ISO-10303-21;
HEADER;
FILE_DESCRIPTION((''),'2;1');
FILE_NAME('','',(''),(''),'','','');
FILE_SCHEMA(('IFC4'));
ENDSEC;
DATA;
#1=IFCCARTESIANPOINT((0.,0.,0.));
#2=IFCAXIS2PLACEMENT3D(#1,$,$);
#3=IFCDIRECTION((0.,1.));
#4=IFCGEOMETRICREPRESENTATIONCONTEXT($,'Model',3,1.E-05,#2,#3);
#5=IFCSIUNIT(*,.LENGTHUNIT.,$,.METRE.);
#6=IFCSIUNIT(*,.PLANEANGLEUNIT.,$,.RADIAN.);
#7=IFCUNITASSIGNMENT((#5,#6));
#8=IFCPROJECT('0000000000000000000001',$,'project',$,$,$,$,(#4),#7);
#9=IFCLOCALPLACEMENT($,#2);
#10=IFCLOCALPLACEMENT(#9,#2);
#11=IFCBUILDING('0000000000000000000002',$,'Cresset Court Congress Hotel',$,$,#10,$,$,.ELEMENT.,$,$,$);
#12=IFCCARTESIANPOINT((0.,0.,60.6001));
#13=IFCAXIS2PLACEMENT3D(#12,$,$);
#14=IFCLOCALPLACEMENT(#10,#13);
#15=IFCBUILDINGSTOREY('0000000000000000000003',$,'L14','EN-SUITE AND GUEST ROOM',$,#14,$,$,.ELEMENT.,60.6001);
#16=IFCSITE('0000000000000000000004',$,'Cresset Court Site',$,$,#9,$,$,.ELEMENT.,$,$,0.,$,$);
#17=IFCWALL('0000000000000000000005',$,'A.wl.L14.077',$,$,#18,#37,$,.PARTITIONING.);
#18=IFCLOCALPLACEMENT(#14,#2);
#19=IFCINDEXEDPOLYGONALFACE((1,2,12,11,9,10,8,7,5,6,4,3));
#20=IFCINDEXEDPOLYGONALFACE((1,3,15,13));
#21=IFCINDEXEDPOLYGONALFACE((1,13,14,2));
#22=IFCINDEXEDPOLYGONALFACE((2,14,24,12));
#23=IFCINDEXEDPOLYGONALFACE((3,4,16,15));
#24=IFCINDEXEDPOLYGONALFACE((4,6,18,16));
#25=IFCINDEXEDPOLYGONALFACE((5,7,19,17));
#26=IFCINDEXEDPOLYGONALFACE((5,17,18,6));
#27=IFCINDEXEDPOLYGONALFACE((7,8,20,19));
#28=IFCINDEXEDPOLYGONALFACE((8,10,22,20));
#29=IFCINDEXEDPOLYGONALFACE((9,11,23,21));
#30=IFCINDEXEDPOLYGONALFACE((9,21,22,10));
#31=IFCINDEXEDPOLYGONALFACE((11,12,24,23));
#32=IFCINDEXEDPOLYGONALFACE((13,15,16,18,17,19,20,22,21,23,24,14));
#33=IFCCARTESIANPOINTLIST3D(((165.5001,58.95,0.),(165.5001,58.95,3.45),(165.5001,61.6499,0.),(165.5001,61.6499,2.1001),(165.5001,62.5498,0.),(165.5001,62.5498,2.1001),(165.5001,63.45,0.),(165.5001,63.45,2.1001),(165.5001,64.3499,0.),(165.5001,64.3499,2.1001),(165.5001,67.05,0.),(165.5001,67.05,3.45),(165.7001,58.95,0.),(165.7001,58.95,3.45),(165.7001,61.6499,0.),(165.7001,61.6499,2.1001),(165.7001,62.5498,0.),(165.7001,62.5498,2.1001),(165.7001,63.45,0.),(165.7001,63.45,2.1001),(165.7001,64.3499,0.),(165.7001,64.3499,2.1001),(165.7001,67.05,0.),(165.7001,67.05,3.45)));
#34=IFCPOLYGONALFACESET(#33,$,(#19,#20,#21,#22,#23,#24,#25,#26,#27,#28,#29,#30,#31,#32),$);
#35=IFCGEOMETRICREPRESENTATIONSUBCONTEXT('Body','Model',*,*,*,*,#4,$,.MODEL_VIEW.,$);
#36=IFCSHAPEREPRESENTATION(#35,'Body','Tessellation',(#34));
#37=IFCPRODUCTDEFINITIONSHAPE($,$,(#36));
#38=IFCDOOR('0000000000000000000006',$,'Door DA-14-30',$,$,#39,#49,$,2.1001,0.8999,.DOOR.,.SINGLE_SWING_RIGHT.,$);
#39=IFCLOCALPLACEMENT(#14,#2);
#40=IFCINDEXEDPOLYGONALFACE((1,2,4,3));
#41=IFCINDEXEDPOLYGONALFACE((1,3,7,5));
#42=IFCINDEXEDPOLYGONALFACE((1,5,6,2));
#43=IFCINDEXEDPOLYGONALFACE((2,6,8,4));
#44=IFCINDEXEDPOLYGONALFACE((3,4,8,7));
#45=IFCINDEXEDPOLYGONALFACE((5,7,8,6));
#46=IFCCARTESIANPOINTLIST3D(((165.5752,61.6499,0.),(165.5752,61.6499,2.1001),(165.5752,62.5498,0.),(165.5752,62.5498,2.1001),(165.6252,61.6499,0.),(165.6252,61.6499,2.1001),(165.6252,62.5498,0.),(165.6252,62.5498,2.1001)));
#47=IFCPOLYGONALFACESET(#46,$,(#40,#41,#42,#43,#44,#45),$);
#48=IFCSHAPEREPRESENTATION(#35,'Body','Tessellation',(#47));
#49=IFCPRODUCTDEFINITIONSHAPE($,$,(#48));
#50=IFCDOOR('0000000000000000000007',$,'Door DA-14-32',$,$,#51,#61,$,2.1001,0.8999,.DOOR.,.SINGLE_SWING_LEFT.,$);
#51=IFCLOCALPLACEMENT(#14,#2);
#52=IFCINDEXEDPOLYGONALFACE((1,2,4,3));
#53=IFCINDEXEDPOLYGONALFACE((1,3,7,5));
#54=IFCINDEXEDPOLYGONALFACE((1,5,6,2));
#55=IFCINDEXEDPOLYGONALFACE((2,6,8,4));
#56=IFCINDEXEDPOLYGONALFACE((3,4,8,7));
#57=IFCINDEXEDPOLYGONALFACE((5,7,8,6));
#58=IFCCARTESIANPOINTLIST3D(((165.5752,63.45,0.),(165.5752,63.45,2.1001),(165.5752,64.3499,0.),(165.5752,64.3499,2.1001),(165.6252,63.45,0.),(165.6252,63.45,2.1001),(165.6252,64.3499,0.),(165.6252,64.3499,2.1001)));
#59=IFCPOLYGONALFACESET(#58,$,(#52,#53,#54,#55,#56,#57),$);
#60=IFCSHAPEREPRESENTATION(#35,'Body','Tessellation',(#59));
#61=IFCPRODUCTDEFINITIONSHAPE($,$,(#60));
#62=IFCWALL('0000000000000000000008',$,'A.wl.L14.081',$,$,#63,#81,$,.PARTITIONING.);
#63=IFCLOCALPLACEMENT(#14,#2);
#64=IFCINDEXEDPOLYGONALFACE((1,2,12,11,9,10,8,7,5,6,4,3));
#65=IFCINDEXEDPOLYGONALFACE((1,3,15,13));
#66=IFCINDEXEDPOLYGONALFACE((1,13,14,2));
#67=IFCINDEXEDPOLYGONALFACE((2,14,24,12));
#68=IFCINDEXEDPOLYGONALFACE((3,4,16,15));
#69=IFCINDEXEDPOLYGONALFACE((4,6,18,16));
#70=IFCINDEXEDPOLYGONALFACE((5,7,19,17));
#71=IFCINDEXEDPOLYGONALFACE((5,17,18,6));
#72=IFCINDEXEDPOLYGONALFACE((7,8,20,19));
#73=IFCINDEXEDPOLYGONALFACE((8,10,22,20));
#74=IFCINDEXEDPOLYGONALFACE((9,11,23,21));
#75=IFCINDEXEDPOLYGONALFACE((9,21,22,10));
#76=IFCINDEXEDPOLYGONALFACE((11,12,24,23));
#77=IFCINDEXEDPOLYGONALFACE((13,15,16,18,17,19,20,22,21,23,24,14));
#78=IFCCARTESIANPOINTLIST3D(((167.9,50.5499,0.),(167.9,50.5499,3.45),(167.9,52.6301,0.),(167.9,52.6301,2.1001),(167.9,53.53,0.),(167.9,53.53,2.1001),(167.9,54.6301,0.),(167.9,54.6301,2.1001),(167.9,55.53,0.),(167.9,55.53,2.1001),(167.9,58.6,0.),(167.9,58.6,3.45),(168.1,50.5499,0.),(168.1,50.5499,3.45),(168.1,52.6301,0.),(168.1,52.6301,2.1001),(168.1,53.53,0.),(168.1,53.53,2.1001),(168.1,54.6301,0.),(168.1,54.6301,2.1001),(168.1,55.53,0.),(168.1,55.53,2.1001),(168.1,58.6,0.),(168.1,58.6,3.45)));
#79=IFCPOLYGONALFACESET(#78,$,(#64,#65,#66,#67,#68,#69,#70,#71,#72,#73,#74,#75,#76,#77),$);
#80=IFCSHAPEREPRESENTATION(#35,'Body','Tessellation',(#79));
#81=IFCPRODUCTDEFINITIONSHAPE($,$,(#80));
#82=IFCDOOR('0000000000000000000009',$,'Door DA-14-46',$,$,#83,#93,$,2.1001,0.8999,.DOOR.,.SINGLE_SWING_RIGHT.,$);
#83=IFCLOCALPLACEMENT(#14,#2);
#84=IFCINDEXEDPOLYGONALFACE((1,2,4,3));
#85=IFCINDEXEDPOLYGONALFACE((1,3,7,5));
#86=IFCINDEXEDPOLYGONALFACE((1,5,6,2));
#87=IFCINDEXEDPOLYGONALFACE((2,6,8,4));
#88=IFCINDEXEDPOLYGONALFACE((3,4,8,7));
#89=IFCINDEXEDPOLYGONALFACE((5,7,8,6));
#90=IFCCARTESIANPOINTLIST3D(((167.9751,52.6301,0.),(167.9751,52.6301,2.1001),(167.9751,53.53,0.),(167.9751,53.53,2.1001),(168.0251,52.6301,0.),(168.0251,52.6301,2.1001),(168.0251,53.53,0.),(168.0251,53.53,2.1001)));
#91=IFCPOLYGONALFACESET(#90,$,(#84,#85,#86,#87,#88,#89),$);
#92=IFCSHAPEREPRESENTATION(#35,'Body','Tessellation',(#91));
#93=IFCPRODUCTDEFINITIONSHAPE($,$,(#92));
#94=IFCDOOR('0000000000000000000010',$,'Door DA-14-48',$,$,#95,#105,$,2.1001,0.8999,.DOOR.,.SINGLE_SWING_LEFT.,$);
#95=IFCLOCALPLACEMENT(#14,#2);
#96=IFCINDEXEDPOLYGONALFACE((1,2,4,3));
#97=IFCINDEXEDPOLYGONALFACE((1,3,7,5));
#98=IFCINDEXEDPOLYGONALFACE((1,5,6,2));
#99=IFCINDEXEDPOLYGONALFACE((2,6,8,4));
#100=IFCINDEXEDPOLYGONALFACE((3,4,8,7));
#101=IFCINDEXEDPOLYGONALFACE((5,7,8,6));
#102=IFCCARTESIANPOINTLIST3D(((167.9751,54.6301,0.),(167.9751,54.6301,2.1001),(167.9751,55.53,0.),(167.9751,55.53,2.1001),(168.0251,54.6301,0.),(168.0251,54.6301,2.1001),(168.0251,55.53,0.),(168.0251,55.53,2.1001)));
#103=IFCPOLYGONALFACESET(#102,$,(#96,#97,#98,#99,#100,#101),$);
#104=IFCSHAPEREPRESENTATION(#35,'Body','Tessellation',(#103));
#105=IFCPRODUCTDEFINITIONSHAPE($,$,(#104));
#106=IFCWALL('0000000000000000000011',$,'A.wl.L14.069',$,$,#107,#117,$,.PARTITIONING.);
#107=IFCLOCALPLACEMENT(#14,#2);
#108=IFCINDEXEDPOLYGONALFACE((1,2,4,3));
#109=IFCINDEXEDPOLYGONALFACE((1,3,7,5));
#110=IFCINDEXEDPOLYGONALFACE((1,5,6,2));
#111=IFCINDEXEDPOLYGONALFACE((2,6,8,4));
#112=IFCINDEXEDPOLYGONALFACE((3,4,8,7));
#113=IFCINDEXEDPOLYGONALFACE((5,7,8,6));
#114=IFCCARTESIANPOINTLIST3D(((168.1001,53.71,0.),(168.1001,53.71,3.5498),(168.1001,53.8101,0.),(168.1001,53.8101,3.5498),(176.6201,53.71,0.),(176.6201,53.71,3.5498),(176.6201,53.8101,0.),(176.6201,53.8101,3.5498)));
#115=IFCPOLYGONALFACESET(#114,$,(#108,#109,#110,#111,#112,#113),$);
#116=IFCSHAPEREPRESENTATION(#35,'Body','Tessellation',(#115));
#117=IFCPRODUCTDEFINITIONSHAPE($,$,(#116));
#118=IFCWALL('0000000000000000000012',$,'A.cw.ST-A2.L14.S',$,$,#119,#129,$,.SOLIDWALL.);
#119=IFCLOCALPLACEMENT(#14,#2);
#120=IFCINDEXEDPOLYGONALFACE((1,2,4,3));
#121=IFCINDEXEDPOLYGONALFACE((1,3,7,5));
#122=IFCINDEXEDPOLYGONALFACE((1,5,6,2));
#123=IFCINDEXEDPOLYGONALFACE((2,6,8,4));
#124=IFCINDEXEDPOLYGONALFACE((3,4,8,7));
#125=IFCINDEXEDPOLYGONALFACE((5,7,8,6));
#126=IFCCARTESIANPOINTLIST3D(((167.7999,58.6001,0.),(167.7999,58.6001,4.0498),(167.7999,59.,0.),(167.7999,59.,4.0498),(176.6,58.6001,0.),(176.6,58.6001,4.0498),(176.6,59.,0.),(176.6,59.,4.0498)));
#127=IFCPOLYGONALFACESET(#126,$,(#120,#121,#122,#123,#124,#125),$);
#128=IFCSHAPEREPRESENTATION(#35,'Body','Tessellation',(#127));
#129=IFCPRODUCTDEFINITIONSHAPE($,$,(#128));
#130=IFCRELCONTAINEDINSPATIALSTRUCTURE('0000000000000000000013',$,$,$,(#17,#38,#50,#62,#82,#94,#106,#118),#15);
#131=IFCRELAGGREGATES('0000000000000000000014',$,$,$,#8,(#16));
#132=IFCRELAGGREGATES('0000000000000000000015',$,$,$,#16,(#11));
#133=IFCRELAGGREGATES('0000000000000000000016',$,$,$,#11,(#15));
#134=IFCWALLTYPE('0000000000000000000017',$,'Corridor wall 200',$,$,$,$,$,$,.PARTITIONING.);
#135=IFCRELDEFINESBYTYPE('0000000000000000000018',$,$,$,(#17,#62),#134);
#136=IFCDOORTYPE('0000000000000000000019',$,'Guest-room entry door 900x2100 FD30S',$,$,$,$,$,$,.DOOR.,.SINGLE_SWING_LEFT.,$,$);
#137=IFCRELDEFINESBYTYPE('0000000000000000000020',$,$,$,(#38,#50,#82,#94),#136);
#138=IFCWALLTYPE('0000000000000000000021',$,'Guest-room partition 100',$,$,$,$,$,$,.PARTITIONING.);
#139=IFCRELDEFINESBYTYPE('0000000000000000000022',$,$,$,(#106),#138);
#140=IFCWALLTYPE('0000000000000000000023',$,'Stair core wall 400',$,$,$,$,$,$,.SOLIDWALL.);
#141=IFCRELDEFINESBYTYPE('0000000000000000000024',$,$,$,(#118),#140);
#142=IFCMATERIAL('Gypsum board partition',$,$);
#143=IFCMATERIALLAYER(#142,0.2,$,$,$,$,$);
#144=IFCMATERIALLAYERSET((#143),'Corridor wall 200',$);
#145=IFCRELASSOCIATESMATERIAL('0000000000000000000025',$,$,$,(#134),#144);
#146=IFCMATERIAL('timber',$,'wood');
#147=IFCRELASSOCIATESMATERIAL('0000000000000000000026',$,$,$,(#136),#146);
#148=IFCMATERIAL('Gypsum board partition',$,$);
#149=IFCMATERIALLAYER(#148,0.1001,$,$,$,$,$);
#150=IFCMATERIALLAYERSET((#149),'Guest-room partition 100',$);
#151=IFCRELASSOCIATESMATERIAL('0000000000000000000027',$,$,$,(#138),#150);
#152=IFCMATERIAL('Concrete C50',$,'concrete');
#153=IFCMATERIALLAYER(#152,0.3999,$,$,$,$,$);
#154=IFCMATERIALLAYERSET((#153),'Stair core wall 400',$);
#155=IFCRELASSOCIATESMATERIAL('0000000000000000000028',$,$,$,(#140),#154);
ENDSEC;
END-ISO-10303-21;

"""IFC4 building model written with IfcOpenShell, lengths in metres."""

from ifc_helpers import new_model, si_unit, direction, frame, frame_2d, origin, place, context, subcontext, project, spatial, rectangle, extrude, material, layer, layer_set, type_object, element, fill, save


model = new_model("IFC4")

# Units and contexts
model_context = context("Model", 3, precision=1e-05, world=origin(), true_north=direction((0.0, 1.0)))
body_context = subcontext(model_context, "Body", "Model", "MODEL_VIEW")
ifc_project = project(units=[si_unit("LENGTHUNIT", "METRE"), si_unit("PLANEANGLEUNIT", "RADIAN")], contexts=[model_context])

# Site, building, storey
site_placement = place(None, origin())
site = spatial("IfcSite", under=ifc_project, at=site_placement, Name="Cresset Court Site", CompositionType="ELEMENT", RefElevation=0.0)
building_placement = place(site_placement, origin())
building = spatial("IfcBuilding", under=site, at=building_placement, Name="Cresset Court Congress Hotel", CompositionType="ELEMENT")
storey_placement = place(building_placement, frame((0.0, 0.0, 60.6001)))
storey = spatial("IfcBuildingStorey", under=building, at=storey_placement, Name="L14", Description="EN-SUITE AND GUEST ROOM", CompositionType="ELEMENT", Elevation=60.6001)

# Walls, openings, doors
ifc_material_1 = material(Name="Gypsum board partition")
ifc_layer_1 = layer(ifc_material_1, 0.2)
ifc_layer_set_1 = layer_set([ifc_layer_1], Name="Corridor wall 200")
wall_type_1 = type_object("IfcWallType", Name="Corridor wall 200", PredefinedType="PARTITIONING", material=ifc_layer_set_1)
wall_1_placement = place(storey_placement, frame((165.6001, 58.95, 0.0), z_axis=(0.0, 0.0, 1.0), x_axis=(0.0, 1.0, 0.0)))
wall_1 = element("IfcWall", 1, at=wall_1_placement, inside=storey, type_object=wall_type_1, Name="A.wl.L14.077", PredefinedType="PARTITIONING", context=body_context, shape_type="SweptSolid", body=[
    extrude(rectangle(XDim=8.1001, YDim=0.2, at=frame_2d((4.05, 0.0))), origin(), (0.0, 0.0, 1.0), 3.45),
])
opening_1_placement = place(wall_1_placement, frame((2.7, 0.0, 0.0)))
opening_1 = element("IfcOpeningElement", 2, at=opening_1_placement, cuts=wall_1, PredefinedType="OPENING", context=body_context, shape_type="SweptSolid", body=[
    extrude(rectangle(XDim=0.8999, YDim=2.1001, at=frame_2d((0.45, 1.05))), frame((0.0, 0.1099, 0.0), z_axis=(0.0, -1.0, 0.0), x_axis=(1.0, 0.0, 0.0)), (0.0, 0.0, 1.0), 0.22),
])
opening_2_placement = place(wall_1_placement, frame((4.5, 0.0, 0.0)))
opening_2 = element("IfcOpeningElement", 3, at=opening_2_placement, cuts=wall_1, PredefinedType="OPENING", context=body_context, shape_type="SweptSolid", body=[
    extrude(rectangle(XDim=0.8999, YDim=2.1001, at=frame_2d((0.45, 1.05))), frame((0.0, 0.1099, 0.0), z_axis=(0.0, -1.0, 0.0), x_axis=(1.0, 0.0, 0.0)), (0.0, 0.0, 1.0), 0.22),
])
ifc_material_2 = material(Name="timber", Category="wood")
door_type_1 = type_object("IfcDoorType", Name="Guest-room entry door 900x2100 FD30S", OperationType="SINGLE_SWING_LEFT", PredefinedType="DOOR", material=ifc_material_2)
door_1_placement = place(opening_1_placement, origin())
door_1 = element("IfcDoor", 4, at=door_1_placement, inside=storey, type_object=door_type_1, Name="Door DA-14-30", OperationType="SINGLE_SWING_RIGHT", OverallHeight=2.1001, OverallWidth=0.8999, PredefinedType="DOOR", context=body_context, shape_type="SweptSolid", body=[
    extrude(rectangle(XDim=0.8999, YDim=2.1001, at=frame_2d((0.45, 1.05))), frame((0.0, 0.0249, 0.0), z_axis=(0.0, -1.0, 0.0), x_axis=(1.0, 0.0, 0.0)), (0.0, 0.0, 1.0), 0.05),
])
fill(opening_1, door_1)
door_2_placement = place(opening_2_placement, origin())
door_2 = element("IfcDoor", 5, at=door_2_placement, inside=storey, type_object=door_type_1, Name="Door DA-14-32", OperationType="SINGLE_SWING_LEFT", OverallHeight=2.1001, OverallWidth=0.8999, PredefinedType="DOOR", context=body_context, shape_type="SweptSolid", body=[
    extrude(rectangle(XDim=0.8999, YDim=2.1001, at=frame_2d((0.45, 1.05))), frame((0.0, 0.0249, 0.0), z_axis=(0.0, -1.0, 0.0), x_axis=(1.0, 0.0, 0.0)), (0.0, 0.0, 1.0), 0.05),
])
fill(opening_2, door_2)
wall_2_placement = place(storey_placement, frame((168.0, 50.55, 0.0), z_axis=(0.0, 0.0, 1.0), x_axis=(0.0, 1.0, 0.0)))
wall_2 = element("IfcWall", 6, at=wall_2_placement, inside=storey, type_object=wall_type_1, Name="A.wl.L14.081", PredefinedType="PARTITIONING", context=body_context, shape_type="SweptSolid", body=[
    extrude(rectangle(XDim=8.05, YDim=0.2, at=frame_2d((4.0249, 0.0))), origin(), (0.0, 0.0, 1.0), 3.45),
])
opening_3_placement = place(wall_2_placement, frame((2.0801, 0.0, 0.0)))
opening_3 = element("IfcOpeningElement", 7, at=opening_3_placement, cuts=wall_2, PredefinedType="OPENING", context=body_context, shape_type="SweptSolid", body=[
    extrude(rectangle(XDim=0.8999, YDim=2.1001, at=frame_2d((0.45, 1.05))), frame((0.0, 0.1099, 0.0), z_axis=(0.0, -1.0, 0.0), x_axis=(1.0, 0.0, 0.0)), (0.0, 0.0, 1.0), 0.22),
])
opening_4_placement = place(wall_2_placement, frame((4.0801, 0.0, 0.0)))
opening_4 = element("IfcOpeningElement", 8, at=opening_4_placement, cuts=wall_2, PredefinedType="OPENING", context=body_context, shape_type="SweptSolid", body=[
    extrude(rectangle(XDim=0.8999, YDim=2.1001, at=frame_2d((0.45, 1.05))), frame((0.0, 0.1099, 0.0), z_axis=(0.0, -1.0, 0.0), x_axis=(1.0, 0.0, 0.0)), (0.0, 0.0, 1.0), 0.22),
])
door_3_placement = place(opening_3_placement, origin())
door_3 = element("IfcDoor", 9, at=door_3_placement, inside=storey, type_object=door_type_1, Name="Door DA-14-46", OperationType="SINGLE_SWING_RIGHT", OverallHeight=2.1001, OverallWidth=0.8999, PredefinedType="DOOR", context=body_context, shape_type="SweptSolid", body=[
    extrude(rectangle(XDim=0.8999, YDim=2.1001, at=frame_2d((0.45, 1.05))), frame((0.0, 0.0249, 0.0), z_axis=(0.0, -1.0, 0.0), x_axis=(1.0, 0.0, 0.0)), (0.0, 0.0, 1.0), 0.05),
])
fill(opening_3, door_3)
door_4_placement = place(opening_4_placement, origin())
door_4 = element("IfcDoor", 10, at=door_4_placement, inside=storey, type_object=door_type_1, Name="Door DA-14-48", OperationType="SINGLE_SWING_LEFT", OverallHeight=2.1001, OverallWidth=0.8999, PredefinedType="DOOR", context=body_context, shape_type="SweptSolid", body=[
    extrude(rectangle(XDim=0.8999, YDim=2.1001, at=frame_2d((0.45, 1.05))), frame((0.0, 0.0249, 0.0), z_axis=(0.0, -1.0, 0.0), x_axis=(1.0, 0.0, 0.0)), (0.0, 0.0, 1.0), 0.05),
])
fill(opening_4, door_4)

# Walls
ifc_material_3 = material(Name="Gypsum board partition")
ifc_layer_2 = layer(ifc_material_3, 0.1001)
ifc_layer_set_2 = layer_set([ifc_layer_2], Name="Guest-room partition 100")
wall_type_2 = type_object("IfcWallType", Name="Guest-room partition 100", PredefinedType="PARTITIONING", material=ifc_layer_set_2)
wall_3_placement = place(storey_placement, frame((168.1001, 53.76, 0.0), z_axis=(0.0, 0.0, 1.0), x_axis=(1.0, 0.0, 0.0)))
element("IfcWall", 11, at=wall_3_placement, inside=storey, type_object=wall_type_2, Name="A.wl.L14.069", PredefinedType="PARTITIONING", context=body_context, shape_type="SweptSolid", body=[
    extrude(rectangle(XDim=8.52, YDim=0.1001, at=frame_2d((4.26, 0.0))), origin(), (0.0, 0.0, 1.0), 3.5498),
])
ifc_material_4 = material(Name="Concrete C50", Category="concrete")
ifc_layer_3 = layer(ifc_material_4, 0.3999)
ifc_layer_set_3 = layer_set([ifc_layer_3], Name="Stair core wall 400")
wall_type_3 = type_object("IfcWallType", Name="Stair core wall 400", PredefinedType="SOLIDWALL", material=ifc_layer_set_3)
wall_4_placement = place(storey_placement, frame((167.8, 58.8, 0.0), z_axis=(0.0, 0.0, 1.0), x_axis=(1.0, 0.0, 0.0)))
element("IfcWall", 12, at=wall_4_placement, inside=storey, type_object=wall_type_3, Name="A.cw.ST-A2.L14.S", PredefinedType="SOLIDWALL", context=body_context, shape_type="SweptSolid", body=[
    extrude(rectangle(XDim=8.8, YDim=0.3999, at=frame_2d((4.3999, 0.0))), origin(), (0.0, 0.0, 1.0), 4.0498),
])

save(model, "model.ifc")
